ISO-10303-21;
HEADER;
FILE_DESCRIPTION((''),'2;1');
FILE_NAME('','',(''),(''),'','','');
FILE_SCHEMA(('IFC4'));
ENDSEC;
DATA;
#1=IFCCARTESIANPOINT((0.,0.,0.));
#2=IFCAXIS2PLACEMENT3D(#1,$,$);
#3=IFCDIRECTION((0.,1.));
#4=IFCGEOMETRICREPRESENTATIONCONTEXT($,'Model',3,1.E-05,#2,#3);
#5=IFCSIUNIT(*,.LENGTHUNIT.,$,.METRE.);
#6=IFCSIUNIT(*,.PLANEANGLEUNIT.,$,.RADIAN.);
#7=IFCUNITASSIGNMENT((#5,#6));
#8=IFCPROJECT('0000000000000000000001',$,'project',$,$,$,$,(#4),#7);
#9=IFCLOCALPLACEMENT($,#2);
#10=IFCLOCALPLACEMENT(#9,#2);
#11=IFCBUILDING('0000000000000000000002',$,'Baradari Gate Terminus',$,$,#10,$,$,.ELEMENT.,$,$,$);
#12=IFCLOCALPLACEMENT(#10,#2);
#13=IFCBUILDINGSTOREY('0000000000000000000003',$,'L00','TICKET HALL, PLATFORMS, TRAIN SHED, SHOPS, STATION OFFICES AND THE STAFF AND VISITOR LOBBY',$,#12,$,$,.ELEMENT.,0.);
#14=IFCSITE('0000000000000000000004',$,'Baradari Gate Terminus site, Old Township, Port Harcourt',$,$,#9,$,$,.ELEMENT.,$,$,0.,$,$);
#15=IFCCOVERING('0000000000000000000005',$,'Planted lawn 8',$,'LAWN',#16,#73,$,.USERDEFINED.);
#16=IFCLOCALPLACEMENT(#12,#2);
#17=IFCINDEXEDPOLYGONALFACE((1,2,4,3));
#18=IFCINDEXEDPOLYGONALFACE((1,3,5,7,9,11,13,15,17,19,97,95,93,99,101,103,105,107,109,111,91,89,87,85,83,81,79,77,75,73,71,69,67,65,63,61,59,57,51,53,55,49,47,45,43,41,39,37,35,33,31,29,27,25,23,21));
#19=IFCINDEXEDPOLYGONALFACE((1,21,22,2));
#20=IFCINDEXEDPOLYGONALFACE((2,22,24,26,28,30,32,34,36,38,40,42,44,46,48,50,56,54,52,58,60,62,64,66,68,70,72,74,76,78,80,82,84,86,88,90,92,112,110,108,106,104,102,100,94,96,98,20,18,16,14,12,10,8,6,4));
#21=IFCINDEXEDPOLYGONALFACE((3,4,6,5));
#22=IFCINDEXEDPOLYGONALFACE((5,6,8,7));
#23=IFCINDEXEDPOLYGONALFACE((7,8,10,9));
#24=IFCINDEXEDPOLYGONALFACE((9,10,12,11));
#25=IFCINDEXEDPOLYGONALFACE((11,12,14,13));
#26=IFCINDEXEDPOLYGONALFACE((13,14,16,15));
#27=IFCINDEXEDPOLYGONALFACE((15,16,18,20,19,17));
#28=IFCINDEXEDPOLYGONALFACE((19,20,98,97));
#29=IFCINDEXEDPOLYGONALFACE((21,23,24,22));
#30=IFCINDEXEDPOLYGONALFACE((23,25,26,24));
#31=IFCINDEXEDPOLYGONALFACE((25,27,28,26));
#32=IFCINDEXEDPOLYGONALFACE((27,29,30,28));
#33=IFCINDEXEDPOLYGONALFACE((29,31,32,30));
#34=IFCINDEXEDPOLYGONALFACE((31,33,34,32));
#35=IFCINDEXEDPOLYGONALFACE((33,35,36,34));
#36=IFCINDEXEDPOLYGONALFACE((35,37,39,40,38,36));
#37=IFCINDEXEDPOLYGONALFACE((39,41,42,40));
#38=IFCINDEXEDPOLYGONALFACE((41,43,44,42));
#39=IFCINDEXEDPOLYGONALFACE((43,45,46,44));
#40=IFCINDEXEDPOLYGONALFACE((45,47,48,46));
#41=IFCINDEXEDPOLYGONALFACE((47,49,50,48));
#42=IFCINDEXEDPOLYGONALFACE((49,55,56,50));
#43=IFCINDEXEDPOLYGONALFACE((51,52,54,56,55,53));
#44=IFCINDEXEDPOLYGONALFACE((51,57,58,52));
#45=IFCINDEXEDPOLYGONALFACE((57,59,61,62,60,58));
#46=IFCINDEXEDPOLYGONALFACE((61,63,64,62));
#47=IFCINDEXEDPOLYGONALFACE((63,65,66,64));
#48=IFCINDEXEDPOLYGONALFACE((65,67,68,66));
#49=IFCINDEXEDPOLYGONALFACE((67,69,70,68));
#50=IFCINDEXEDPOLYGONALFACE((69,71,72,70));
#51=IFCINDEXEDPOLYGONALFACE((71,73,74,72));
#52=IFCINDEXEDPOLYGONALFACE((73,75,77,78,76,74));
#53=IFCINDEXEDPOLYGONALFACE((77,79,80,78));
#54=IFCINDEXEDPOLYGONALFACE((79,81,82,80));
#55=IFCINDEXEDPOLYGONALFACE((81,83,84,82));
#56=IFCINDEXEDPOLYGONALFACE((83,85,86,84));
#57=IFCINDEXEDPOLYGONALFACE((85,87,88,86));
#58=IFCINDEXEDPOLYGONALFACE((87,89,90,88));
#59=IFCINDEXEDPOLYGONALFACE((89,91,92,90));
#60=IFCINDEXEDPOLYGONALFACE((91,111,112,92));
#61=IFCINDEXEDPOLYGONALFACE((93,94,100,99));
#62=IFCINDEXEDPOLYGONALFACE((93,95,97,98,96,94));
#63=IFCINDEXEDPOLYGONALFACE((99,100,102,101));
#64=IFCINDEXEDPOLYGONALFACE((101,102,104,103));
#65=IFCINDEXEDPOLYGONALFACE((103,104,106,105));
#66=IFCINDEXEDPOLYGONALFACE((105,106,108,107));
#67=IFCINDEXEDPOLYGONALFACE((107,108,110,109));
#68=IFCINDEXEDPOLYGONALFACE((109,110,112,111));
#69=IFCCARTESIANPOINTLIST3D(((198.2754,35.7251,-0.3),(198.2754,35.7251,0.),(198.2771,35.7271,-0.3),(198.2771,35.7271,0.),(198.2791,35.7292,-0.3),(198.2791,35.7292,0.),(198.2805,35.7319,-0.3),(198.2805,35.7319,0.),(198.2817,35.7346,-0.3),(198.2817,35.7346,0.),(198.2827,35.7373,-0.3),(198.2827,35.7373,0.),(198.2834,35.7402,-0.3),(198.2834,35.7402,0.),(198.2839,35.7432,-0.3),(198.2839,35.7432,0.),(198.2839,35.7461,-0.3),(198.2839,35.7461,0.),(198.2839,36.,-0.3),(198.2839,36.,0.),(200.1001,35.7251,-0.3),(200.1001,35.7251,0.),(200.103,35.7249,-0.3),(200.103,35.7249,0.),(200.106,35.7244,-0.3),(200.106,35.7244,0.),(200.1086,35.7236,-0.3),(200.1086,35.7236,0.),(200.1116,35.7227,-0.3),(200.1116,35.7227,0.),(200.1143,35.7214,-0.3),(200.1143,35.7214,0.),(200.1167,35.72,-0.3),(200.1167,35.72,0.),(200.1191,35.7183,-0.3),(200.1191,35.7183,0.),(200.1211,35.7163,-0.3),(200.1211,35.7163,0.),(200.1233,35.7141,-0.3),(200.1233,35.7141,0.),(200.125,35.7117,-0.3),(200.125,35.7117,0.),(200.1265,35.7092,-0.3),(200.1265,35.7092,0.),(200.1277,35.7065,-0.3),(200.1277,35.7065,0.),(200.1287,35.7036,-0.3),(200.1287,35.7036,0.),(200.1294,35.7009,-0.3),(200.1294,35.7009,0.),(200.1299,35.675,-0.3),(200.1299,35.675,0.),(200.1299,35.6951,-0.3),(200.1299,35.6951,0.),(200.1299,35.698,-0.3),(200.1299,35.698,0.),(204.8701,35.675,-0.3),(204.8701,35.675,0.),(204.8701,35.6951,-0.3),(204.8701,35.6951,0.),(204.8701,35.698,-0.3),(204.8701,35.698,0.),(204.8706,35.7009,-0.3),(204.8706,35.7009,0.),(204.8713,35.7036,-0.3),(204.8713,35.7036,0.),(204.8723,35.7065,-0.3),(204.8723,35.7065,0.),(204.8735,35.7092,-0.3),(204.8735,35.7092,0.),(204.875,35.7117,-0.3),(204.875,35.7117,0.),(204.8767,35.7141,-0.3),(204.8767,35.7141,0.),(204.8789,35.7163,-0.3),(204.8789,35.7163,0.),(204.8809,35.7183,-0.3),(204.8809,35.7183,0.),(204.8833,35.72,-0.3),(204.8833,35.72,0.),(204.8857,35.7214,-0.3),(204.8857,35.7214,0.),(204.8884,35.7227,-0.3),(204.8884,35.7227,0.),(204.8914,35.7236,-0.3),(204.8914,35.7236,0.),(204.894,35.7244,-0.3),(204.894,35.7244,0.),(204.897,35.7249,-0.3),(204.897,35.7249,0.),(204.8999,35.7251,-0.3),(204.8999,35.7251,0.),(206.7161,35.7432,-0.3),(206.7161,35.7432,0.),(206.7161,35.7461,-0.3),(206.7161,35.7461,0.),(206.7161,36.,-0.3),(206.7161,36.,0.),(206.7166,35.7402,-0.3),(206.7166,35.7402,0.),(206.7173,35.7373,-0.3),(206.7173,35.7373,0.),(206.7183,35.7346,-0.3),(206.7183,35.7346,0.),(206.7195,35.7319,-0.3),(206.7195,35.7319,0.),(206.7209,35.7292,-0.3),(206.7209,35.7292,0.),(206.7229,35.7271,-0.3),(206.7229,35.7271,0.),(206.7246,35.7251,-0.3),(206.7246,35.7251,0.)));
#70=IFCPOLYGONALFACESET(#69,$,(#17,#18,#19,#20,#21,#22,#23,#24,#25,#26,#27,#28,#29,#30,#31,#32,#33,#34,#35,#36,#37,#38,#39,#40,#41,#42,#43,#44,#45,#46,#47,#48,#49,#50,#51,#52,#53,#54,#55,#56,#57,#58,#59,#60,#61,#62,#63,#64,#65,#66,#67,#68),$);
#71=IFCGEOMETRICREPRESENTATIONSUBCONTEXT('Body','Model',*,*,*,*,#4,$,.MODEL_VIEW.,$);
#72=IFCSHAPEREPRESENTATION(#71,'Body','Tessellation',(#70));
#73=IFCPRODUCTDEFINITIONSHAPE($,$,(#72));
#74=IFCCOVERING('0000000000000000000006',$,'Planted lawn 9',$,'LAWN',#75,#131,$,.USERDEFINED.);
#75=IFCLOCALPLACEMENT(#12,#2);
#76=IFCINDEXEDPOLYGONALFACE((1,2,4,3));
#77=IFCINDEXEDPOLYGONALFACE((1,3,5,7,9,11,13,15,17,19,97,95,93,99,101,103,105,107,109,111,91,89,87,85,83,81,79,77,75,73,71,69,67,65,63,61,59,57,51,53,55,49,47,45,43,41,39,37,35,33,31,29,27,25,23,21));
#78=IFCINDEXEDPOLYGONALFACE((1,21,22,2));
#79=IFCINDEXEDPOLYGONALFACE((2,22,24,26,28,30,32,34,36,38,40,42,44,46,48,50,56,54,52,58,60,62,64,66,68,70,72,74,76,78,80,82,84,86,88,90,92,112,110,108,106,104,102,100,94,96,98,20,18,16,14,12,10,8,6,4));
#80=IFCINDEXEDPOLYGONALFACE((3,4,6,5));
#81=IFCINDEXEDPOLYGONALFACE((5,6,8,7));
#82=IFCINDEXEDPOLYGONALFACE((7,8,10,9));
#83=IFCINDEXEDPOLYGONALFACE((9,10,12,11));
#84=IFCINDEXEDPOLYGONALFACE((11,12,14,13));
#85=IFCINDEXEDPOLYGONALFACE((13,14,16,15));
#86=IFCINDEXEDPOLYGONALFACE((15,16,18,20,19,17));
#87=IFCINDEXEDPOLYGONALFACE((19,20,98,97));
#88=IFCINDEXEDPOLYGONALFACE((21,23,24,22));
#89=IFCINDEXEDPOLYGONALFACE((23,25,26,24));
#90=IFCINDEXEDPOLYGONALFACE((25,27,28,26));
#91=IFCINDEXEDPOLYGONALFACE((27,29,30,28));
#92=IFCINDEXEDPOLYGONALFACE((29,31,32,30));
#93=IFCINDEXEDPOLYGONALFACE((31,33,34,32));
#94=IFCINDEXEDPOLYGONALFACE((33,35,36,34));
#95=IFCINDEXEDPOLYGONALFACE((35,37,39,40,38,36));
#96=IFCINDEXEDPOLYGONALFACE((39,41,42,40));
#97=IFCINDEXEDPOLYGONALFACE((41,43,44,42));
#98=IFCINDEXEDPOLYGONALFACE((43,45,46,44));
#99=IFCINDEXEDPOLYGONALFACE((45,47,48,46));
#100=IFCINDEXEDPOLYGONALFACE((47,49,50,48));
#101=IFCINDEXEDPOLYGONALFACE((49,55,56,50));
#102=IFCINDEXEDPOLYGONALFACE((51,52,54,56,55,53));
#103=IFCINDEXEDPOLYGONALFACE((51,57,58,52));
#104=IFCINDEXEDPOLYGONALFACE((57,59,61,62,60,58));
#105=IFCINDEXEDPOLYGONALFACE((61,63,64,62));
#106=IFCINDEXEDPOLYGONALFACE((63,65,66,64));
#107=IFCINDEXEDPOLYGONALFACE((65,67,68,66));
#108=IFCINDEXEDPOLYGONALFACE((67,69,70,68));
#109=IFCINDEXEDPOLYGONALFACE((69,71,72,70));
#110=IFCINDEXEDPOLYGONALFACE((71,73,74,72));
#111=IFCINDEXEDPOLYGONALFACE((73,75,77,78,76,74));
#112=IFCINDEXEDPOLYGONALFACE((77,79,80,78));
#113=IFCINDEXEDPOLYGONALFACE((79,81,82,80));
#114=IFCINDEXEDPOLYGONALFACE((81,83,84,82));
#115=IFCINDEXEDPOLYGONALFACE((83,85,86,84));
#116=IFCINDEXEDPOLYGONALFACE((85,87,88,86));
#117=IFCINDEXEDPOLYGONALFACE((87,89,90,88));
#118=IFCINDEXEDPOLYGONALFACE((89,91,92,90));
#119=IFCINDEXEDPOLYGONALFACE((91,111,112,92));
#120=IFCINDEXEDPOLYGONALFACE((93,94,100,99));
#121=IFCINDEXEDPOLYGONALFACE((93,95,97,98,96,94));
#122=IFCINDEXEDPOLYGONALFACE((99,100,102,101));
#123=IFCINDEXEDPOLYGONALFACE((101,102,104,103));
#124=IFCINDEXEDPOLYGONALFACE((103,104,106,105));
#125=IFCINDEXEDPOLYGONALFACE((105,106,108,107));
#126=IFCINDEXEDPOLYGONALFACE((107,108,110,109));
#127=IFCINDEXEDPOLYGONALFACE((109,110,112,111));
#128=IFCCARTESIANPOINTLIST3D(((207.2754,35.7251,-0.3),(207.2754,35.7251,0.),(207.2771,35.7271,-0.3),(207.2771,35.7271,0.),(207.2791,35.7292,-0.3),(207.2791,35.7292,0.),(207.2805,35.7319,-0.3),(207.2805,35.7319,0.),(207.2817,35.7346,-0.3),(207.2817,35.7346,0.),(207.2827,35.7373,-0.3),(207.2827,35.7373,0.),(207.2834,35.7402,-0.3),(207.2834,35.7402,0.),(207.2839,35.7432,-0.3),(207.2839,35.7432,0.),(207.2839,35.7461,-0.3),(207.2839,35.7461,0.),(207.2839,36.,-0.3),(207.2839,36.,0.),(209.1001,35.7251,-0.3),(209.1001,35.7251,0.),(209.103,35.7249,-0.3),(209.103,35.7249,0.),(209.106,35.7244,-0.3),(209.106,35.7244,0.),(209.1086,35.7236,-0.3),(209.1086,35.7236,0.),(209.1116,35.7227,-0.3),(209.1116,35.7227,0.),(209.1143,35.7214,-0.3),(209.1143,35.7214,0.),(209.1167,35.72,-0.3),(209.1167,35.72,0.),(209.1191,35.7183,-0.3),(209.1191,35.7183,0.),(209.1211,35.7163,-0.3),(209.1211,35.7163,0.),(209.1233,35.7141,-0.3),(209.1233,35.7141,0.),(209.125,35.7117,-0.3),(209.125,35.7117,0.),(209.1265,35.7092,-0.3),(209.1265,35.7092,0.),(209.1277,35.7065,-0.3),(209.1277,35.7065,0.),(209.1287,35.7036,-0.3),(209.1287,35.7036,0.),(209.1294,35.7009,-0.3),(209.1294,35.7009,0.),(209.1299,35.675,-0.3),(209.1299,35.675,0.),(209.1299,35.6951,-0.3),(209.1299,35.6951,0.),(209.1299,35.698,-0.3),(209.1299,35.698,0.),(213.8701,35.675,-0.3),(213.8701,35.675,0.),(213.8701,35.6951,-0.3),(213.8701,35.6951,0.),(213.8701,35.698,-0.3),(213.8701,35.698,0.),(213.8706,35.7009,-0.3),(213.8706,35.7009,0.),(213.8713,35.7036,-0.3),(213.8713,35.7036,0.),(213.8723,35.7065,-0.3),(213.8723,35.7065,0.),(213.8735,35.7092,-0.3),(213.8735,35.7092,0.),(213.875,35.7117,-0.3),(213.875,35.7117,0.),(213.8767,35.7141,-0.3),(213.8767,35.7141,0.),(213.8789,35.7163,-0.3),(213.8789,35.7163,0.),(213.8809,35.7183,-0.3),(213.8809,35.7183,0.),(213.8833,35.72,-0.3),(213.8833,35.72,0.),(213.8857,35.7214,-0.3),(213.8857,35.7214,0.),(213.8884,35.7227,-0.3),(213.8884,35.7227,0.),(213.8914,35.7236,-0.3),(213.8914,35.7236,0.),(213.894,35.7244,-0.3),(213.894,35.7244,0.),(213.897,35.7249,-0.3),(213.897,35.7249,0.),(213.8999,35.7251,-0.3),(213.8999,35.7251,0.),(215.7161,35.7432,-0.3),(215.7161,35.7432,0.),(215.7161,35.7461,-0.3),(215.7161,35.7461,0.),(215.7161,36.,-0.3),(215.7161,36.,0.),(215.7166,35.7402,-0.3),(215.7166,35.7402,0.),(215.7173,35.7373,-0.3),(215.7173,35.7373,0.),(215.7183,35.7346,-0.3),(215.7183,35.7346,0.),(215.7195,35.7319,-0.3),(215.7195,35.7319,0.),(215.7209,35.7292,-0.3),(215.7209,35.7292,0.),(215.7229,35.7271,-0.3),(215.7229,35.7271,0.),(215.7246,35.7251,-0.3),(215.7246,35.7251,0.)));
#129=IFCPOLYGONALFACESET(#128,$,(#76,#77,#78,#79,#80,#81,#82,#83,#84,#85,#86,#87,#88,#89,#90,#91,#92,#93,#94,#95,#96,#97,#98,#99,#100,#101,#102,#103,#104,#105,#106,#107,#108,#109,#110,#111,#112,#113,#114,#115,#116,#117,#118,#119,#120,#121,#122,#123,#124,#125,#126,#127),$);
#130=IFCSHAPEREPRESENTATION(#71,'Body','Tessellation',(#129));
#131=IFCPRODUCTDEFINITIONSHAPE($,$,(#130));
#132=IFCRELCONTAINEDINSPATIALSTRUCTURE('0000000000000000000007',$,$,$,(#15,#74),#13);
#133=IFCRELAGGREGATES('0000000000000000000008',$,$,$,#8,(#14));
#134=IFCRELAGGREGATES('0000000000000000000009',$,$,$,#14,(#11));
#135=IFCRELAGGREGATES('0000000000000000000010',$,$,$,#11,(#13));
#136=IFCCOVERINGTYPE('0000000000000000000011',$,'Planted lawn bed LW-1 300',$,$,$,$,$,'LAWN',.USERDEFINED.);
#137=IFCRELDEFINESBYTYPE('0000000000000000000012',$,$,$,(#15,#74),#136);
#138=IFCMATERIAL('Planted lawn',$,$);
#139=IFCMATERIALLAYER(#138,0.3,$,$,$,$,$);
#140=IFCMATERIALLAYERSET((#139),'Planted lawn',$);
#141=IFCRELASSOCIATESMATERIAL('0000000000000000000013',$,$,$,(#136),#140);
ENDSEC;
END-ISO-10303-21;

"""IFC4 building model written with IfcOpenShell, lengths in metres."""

from ifc_helpers import new_model, si_unit, direction, frame, origin, place, context, subcontext, project, spatial, polyline, outline, extrude, material, layer, layer_set, type_object, element, save


model = new_model("IFC4")

# Units and contexts
model_context = context("Model", 3, precision=1e-05, world=origin(), true_north=direction((0.0, 1.0)))
body_context = subcontext(model_context, "Body", "Model", "MODEL_VIEW")
ifc_project = project(units=[si_unit("LENGTHUNIT", "METRE"), si_unit("PLANEANGLEUNIT", "RADIAN")], contexts=[model_context])

# Site, building, storey
site_placement = place(None, origin())
site = spatial("IfcSite", under=ifc_project, at=site_placement, Name="Baradari Gate Terminus site, Old Township, Port Harcourt", CompositionType="ELEMENT", RefElevation=0.0)
building_placement = place(site_placement, origin())
building = spatial("IfcBuilding", under=site, at=building_placement, Name="Baradari Gate Terminus", CompositionType="ELEMENT")
storey_placement = place(building_placement, origin())
storey = spatial("IfcBuildingStorey", under=building, at=storey_placement, Name="L00", Description="TICKET HALL, PLATFORMS, TRAIN SHED, SHOPS, STATION OFFICES AND THE STAFF AND VISITOR LOBBY", CompositionType="ELEMENT", Elevation=0.0)

# Coverings
ifc_material_1 = material(Name="Planted lawn")
ifc_layer_1 = layer(ifc_material_1, 0.3)
ifc_layer_set_1 = layer_set([ifc_layer_1], Name="Planted lawn")
covering_type_1 = type_object("IfcCoveringType", Name="Planted lawn bed LW-1 300", ElementType="LAWN", PredefinedType="USERDEFINED", material=ifc_layer_set_1)
covering_1_placement = place(storey_placement, frame((0.0, 0.0, -0.3)))
element("IfcCovering", 1, at=covering_1_placement, inside=storey, type_object=covering_type_1, Name="Planted lawn 8", ObjectType="LAWN", PredefinedType="USERDEFINED", context=body_context, shape_type="SweptSolid", body=[
    extrude(outline(polyline([(198.2805, 35.7319), (198.2791, 35.7292), (198.2771, 35.7271), (198.2754, 35.7251), (200.1001, 35.7251), (200.103, 35.7249), (200.106, 35.7244), (200.1086, 35.7236), (200.1116, 35.7227), (200.1143, 35.7214), (200.1167, 35.72), (200.1191, 35.7183), (200.1211, 35.7163), (200.1233, 35.7141), (200.125, 35.7117), (200.1265, 35.7092), (200.1277, 35.7065), (200.1287, 35.7036), (200.1294, 35.7009), (200.1299, 35.698), (200.1299, 35.6951), (200.1299, 35.675), (204.8701, 35.675), (204.8701, 35.6951), (204.8701, 35.698), (204.8706, 35.7009), (204.8713, 35.7036), (204.8723, 35.7065), (204.8735, 35.7092), (204.875, 35.7117), (204.8767, 35.7141), (204.8789, 35.7163), (204.8809, 35.7183), (204.8833, 35.72), (204.8857, 35.7214), (204.8884, 35.7227), (204.8914, 35.7236), (204.894, 35.7244), (204.897, 35.7249), (204.8999, 35.7251), (206.7246, 35.7251), (206.7229, 35.7271), (206.7209, 35.7292), (206.7195, 35.7319), (206.7183, 35.7346), (206.7173, 35.7373), (206.7166, 35.7402), (206.7161, 35.7432), (206.7161, 35.7461), (206.7161, 36.0), (198.2839, 36.0), (198.2839, 35.7461), (198.2839, 35.7432), (198.2834, 35.7402), (198.2827, 35.7373), (198.2817, 35.7346), (198.2805, 35.7319)])), origin(), (0.0, 0.0, 1.0), 0.3),
])
covering_2_placement = place(storey_placement, frame((0.0, 0.0, -0.3)))
element("IfcCovering", 2, at=covering_2_placement, inside=storey, type_object=covering_type_1, Name="Planted lawn 9", ObjectType="LAWN", PredefinedType="USERDEFINED", context=body_context, shape_type="SweptSolid", body=[
    extrude(outline(polyline([(207.2805, 35.7319), (207.2791, 35.7292), (207.2771, 35.7271), (207.2754, 35.7251), (209.1001, 35.7251), (209.103, 35.7249), (209.106, 35.7244), (209.1086, 35.7236), (209.1116, 35.7227), (209.1143, 35.7214), (209.1167, 35.72), (209.1191, 35.7183), (209.1211, 35.7163), (209.1233, 35.7141), (209.125, 35.7117), (209.1265, 35.7092), (209.1277, 35.7065), (209.1287, 35.7036), (209.1294, 35.7009), (209.1299, 35.698), (209.1299, 35.6951), (209.1299, 35.675), (213.8701, 35.675), (213.8701, 35.6951), (213.8701, 35.698), (213.8706, 35.7009), (213.8713, 35.7036), (213.8723, 35.7065), (213.8735, 35.7092), (213.875, 35.7117), (213.8767, 35.7141), (213.8789, 35.7163), (213.8809, 35.7183), (213.8833, 35.72), (213.8857, 35.7214), (213.8884, 35.7227), (213.8914, 35.7236), (213.894, 35.7244), (213.897, 35.7249), (213.8999, 35.7251), (215.7246, 35.7251), (215.7229, 35.7271), (215.7209, 35.7292), (215.7195, 35.7319), (215.7183, 35.7346), (215.7173, 35.7373), (215.7166, 35.7402), (215.7161, 35.7432), (215.7161, 35.7461), (215.7161, 36.0), (207.2839, 36.0), (207.2839, 35.7461), (207.2839, 35.7432), (207.2834, 35.7402), (207.2827, 35.7373), (207.2817, 35.7346), (207.2805, 35.7319)])), origin(), (0.0, 0.0, 1.0), 0.3),
])

save(model, "model.ifc")
